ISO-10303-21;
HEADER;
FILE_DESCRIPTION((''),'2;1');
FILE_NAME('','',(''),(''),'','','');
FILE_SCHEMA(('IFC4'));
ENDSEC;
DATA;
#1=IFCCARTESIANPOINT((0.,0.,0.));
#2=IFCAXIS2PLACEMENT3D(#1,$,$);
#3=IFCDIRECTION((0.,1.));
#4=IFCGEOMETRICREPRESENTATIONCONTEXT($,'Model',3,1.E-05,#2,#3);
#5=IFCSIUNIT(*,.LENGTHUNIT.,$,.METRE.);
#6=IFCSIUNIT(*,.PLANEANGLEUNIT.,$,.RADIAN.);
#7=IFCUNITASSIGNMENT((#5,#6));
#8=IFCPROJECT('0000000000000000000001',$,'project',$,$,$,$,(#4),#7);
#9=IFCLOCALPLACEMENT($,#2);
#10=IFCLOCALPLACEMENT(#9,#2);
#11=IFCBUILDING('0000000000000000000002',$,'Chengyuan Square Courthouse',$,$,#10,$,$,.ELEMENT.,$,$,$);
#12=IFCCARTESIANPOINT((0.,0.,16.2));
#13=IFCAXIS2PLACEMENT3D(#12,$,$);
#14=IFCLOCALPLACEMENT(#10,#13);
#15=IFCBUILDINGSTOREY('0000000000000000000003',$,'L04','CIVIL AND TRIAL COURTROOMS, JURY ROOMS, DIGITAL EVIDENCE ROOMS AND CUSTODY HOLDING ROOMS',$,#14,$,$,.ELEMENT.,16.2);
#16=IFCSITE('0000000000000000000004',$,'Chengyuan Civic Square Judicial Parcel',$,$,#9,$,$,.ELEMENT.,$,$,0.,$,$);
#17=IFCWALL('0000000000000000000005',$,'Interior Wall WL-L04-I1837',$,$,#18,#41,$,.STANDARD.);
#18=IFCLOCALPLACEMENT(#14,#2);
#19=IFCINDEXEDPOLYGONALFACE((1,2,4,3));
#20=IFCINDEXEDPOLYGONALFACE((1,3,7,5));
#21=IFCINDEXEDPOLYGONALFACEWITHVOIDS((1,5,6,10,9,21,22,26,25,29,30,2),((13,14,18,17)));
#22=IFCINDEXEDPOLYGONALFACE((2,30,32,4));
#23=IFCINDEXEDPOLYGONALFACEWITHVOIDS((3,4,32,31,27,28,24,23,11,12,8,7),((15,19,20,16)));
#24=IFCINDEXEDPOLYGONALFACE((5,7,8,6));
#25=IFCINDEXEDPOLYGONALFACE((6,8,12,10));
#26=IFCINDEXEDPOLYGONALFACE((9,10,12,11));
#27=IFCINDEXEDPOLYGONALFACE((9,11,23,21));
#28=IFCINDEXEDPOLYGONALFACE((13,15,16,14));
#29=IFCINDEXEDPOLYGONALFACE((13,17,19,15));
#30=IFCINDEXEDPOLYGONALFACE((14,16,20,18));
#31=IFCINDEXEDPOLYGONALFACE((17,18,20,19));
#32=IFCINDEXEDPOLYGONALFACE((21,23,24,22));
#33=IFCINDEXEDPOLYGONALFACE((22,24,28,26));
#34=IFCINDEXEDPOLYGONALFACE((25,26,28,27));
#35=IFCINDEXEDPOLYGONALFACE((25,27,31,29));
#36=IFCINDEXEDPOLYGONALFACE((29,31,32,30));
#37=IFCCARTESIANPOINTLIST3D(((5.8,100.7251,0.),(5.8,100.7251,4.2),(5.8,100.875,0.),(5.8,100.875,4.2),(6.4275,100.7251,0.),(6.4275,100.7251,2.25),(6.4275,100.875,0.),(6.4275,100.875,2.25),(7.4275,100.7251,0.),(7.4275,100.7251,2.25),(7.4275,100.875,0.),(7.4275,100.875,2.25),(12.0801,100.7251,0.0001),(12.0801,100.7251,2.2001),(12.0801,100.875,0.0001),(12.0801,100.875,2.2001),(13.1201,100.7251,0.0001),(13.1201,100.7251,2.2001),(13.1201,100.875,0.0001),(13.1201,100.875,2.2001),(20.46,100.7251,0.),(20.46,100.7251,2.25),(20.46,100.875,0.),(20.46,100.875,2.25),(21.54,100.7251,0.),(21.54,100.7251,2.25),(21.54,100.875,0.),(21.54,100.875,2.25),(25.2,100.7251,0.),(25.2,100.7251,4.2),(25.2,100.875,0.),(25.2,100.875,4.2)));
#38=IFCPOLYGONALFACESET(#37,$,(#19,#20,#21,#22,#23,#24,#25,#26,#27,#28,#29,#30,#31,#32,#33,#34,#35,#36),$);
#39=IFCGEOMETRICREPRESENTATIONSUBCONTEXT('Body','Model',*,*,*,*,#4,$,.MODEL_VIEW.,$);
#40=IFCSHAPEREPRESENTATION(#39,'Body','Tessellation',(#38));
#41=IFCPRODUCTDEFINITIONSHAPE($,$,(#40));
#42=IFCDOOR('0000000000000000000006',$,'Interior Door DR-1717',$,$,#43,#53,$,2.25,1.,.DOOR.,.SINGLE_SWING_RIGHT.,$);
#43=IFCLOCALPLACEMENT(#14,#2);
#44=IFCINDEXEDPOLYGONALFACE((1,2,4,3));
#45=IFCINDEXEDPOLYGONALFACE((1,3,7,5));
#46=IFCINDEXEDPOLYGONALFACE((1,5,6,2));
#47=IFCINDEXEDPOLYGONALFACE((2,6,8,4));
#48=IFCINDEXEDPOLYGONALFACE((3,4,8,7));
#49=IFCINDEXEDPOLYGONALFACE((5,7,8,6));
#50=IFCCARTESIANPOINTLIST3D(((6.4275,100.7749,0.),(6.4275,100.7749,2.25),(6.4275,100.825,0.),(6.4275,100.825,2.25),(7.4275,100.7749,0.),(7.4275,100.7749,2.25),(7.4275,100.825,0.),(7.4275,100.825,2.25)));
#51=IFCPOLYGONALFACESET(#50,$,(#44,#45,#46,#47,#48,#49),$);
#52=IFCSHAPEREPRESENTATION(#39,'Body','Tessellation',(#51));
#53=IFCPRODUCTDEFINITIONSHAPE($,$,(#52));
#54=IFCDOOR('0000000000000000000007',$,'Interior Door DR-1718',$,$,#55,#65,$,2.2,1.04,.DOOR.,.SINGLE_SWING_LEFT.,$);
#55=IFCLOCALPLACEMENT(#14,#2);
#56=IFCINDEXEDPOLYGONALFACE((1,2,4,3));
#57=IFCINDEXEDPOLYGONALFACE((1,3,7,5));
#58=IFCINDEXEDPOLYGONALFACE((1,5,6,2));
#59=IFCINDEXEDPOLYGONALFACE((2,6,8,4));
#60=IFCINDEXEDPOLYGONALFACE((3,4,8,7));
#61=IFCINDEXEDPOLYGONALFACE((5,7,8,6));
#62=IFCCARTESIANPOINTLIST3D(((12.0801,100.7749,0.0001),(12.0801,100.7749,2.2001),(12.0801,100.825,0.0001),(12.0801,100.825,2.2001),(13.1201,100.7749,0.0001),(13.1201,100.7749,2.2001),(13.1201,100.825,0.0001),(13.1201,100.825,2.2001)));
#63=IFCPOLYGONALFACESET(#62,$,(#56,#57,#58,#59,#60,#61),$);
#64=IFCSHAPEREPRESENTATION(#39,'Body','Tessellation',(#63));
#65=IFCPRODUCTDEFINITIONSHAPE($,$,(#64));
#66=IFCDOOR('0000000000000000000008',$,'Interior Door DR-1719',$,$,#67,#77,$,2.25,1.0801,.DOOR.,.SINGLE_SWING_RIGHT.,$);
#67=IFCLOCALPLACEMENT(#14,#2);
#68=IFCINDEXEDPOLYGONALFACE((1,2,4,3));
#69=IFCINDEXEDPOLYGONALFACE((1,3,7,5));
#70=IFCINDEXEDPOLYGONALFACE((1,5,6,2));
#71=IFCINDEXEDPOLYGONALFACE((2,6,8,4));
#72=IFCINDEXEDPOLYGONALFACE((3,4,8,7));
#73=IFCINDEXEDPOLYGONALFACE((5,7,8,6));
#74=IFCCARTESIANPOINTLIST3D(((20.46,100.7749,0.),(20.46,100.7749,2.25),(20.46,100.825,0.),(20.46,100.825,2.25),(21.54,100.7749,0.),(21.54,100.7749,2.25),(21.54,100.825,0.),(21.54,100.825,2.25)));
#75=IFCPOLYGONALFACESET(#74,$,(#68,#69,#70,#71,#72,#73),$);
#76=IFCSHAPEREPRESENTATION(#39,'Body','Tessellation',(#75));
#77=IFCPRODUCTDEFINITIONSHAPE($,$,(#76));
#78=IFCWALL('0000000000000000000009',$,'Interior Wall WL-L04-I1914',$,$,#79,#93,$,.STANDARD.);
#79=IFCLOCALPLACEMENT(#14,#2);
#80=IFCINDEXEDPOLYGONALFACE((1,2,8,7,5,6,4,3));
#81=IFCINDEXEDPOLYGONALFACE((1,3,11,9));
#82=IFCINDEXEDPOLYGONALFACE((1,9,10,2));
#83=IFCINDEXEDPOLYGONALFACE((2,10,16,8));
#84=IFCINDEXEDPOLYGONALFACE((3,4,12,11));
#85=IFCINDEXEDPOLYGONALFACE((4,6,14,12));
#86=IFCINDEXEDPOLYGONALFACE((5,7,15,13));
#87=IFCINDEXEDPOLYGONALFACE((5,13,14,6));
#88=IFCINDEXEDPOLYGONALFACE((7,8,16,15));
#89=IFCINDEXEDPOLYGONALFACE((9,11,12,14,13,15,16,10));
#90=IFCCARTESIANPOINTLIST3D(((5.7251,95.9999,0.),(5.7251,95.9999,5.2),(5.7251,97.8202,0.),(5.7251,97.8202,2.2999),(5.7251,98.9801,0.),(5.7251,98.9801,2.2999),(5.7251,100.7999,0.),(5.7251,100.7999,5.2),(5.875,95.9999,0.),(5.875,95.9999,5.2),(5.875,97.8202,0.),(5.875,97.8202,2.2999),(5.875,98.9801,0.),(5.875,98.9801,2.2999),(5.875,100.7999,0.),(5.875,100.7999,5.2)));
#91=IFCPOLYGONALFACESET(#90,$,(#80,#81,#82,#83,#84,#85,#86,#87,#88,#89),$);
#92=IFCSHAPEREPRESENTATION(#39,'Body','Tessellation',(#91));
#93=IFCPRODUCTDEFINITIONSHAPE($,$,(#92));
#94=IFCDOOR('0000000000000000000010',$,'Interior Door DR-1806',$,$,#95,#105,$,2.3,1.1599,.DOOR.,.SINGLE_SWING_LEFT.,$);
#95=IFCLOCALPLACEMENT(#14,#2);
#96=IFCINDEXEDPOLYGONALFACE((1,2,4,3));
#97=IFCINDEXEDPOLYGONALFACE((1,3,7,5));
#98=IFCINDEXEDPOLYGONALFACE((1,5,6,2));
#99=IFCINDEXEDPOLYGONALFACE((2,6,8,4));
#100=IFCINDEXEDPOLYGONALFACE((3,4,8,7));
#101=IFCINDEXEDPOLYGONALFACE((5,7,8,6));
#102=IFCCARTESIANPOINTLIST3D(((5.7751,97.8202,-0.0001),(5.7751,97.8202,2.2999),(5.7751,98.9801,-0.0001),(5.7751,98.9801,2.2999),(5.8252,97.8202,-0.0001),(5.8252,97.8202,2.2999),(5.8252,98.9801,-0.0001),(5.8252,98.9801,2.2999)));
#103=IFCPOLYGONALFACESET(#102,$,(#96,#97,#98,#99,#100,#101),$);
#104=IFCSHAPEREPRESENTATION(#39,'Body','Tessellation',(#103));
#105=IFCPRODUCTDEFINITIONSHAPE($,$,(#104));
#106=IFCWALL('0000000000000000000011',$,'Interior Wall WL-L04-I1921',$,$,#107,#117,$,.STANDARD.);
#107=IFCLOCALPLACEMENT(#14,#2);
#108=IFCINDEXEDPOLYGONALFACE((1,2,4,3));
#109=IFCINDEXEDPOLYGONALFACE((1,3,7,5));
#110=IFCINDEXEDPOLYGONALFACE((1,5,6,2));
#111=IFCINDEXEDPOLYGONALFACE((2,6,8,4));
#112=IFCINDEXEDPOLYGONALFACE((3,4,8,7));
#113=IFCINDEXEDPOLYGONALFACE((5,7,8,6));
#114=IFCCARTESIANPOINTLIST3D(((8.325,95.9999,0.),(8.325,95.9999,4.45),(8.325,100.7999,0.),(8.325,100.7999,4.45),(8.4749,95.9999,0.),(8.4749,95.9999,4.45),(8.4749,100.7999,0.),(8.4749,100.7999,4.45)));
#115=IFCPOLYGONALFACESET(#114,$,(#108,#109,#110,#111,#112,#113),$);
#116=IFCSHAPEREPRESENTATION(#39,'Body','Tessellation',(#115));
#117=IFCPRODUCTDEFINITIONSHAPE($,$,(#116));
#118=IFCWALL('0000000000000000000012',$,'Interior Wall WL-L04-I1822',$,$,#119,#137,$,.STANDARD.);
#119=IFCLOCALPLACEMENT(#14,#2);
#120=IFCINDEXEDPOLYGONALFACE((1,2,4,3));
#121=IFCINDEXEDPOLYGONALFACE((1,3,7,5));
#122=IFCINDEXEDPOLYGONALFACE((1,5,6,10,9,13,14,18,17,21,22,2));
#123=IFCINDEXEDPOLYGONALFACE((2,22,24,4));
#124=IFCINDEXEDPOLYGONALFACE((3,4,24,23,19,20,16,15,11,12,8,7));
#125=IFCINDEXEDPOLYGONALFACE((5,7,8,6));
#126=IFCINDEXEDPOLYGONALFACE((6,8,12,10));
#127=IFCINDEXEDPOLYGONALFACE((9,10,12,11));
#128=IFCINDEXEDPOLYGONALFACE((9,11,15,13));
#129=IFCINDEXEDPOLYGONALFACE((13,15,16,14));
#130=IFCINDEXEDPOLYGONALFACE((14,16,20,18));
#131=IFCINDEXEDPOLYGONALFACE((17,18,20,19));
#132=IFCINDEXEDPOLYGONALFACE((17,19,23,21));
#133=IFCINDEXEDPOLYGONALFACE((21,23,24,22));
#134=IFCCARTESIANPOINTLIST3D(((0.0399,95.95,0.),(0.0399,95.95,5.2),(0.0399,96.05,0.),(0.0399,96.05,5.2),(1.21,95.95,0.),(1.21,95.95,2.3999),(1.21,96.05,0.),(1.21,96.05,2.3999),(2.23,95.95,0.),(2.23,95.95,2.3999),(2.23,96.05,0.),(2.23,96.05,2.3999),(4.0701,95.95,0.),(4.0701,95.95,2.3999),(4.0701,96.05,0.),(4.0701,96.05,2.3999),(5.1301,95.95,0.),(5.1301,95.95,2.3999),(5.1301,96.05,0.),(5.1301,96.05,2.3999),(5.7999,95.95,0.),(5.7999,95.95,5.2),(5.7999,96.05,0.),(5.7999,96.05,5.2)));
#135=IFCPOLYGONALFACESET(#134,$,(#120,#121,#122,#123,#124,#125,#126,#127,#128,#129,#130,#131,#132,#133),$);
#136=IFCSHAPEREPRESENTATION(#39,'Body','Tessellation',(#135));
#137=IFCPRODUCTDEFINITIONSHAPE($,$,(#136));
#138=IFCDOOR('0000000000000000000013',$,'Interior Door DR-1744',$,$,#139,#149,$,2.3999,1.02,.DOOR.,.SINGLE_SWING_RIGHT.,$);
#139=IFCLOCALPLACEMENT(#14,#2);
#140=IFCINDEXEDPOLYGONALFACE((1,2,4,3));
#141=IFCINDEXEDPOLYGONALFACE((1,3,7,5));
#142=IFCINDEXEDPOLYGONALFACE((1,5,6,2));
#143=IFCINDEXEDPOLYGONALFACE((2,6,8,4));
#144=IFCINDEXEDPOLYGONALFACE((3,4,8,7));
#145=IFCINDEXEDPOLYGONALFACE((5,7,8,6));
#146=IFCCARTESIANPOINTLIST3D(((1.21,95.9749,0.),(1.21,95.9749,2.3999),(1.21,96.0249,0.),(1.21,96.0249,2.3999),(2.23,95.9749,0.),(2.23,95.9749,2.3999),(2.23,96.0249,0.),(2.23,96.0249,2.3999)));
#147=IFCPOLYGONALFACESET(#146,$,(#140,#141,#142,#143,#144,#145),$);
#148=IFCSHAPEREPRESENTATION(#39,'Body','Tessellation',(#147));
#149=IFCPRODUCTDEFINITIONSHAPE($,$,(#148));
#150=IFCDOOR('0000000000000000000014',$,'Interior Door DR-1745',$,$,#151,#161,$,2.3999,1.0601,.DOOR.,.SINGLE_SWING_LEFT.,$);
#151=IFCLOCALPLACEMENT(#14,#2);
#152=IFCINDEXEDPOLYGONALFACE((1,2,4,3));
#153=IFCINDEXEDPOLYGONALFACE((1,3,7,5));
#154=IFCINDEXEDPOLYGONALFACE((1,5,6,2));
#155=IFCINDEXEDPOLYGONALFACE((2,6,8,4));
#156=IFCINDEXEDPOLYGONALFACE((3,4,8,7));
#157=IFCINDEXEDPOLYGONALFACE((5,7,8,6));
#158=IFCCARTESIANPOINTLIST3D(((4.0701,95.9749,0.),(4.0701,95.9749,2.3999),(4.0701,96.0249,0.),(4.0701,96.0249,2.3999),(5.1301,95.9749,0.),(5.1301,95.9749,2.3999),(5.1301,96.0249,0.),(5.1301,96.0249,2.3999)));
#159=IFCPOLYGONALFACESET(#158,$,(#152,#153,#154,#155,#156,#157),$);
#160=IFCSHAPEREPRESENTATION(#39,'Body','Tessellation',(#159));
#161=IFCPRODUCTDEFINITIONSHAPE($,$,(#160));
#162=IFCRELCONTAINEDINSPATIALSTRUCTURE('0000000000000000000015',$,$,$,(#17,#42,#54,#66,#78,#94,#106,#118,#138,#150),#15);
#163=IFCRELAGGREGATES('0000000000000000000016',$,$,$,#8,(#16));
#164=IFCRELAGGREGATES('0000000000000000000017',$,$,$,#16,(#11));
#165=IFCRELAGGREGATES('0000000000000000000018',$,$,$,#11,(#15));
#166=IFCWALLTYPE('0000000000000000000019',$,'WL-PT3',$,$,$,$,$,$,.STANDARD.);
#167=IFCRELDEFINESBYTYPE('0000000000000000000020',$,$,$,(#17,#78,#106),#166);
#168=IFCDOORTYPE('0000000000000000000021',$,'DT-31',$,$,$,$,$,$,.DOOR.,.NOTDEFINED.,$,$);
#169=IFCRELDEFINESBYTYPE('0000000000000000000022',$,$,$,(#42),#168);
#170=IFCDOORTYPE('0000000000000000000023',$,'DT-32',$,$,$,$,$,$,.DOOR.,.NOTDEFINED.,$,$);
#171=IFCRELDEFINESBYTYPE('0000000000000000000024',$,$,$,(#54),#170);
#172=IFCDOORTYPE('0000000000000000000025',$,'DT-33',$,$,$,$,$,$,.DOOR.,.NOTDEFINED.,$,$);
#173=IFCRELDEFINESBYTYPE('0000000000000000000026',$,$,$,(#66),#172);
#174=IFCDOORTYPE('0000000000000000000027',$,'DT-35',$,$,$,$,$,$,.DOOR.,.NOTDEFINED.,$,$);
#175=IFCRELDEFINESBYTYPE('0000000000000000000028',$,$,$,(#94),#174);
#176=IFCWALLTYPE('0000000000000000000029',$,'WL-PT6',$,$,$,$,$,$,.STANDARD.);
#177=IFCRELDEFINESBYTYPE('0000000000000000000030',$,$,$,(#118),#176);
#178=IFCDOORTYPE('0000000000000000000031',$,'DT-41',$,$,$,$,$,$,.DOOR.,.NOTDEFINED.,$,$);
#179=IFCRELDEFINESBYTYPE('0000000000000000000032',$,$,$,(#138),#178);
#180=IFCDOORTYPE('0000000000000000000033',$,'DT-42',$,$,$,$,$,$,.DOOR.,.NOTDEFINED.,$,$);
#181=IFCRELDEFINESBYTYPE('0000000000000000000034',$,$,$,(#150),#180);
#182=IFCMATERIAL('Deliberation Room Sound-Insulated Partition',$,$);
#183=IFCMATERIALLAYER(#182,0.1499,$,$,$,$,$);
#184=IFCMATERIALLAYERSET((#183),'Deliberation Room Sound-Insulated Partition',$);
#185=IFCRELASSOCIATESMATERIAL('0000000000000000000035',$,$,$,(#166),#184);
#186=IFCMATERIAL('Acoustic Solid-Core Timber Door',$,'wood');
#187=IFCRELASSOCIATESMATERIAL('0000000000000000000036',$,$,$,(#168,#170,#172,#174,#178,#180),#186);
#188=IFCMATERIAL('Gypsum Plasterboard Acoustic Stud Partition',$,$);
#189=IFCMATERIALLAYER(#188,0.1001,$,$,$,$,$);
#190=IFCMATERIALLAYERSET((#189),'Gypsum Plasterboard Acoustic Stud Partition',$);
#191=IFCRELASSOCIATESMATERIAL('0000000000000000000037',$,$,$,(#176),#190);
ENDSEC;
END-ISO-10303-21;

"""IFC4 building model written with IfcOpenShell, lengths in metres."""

from ifc_helpers import new_model, si_unit, direction, frame, frame_2d, origin, place, context, subcontext, project, spatial, rectangle, extrude, material, layer, layer_set, type_object, element, fill, save


model = new_model("IFC4")

# Units and contexts
model_context = context("Model", 3, precision=1e-05, world=origin(), true_north=direction((0.0, 1.0)))
body_context = subcontext(model_context, "Body", "Model", "MODEL_VIEW")
ifc_project = project(units=[si_unit("LENGTHUNIT", "METRE"), si_unit("PLANEANGLEUNIT", "RADIAN")], contexts=[model_context])

# Site, building, storey
site_placement = place(None, origin())
site = spatial("IfcSite", under=ifc_project, at=site_placement, Name="Chengyuan Civic Square Judicial Parcel", CompositionType="ELEMENT", RefElevation=0.0)
building_placement = place(site_placement, origin())
building = spatial("IfcBuilding", under=site, at=building_placement, Name="Chengyuan Square Courthouse", CompositionType="ELEMENT")
storey_placement = place(building_placement, frame((0.0, 0.0, 16.2)))
storey = spatial("IfcBuildingStorey", under=building, at=storey_placement, Name="L04", Description="CIVIL AND TRIAL COURTROOMS, JURY ROOMS, DIGITAL EVIDENCE ROOMS AND CUSTODY HOLDING ROOMS", CompositionType="ELEMENT", Elevation=16.2)

# Wall, openings, doors
ifc_material_1 = material(Name="Deliberation Room Sound-Insulated Partition")
ifc_layer_1 = layer(ifc_material_1, 0.1499)
ifc_layer_set_1 = layer_set([ifc_layer_1], Name="Deliberation Room Sound-Insulated Partition")
wall_type_1 = type_object("IfcWallType", Name="WL-PT3", PredefinedType="STANDARD", material=ifc_layer_set_1)
ifc_material_2 = material(Name="Acoustic Solid-Core Timber Door", Category="wood")
wall_1_placement = place(storey_placement, frame((5.8, 100.8, 0.0), z_axis=(0.0, 0.0, 1.0), x_axis=(1.0, 0.0, 0.0)))
wall_1 = element("IfcWall", 1, at=wall_1_placement, inside=storey, type_object=wall_type_1, Name="Interior Wall WL-L04-I1837", PredefinedType="STANDARD", context=body_context, shape_type="SweptSolid", body=[
    extrude(rectangle(XDim=19.3999, YDim=0.1499, at=frame_2d((9.7, 0.0))), origin(), (0.0, 0.0, 1.0), 4.2),
])
opening_1_placement = place(wall_1_placement, frame((0.6274, 0.0, 0.0)))
opening_1 = element("IfcOpeningElement", 2, at=opening_1_placement, cuts=wall_1, PredefinedType="OPENING", context=body_context, shape_type="SweptSolid", body=[
    extrude(rectangle(XDim=1.0, YDim=2.25, at=frame_2d((0.5, 1.125))), frame((0.0, 0.0869, 0.0), z_axis=(0.0, -1.0, 0.0), x_axis=(1.0, 0.0, 0.0)), (0.0, 0.0, 1.0), 0.1738),
])
opening_2_placement = place(wall_1_placement, frame((6.28, 0.0, 0.0)))
opening_2 = element("IfcOpeningElement", 3, at=opening_2_placement, cuts=wall_1, PredefinedType="OPENING", context=body_context, shape_type="SweptSolid", body=[
    extrude(rectangle(XDim=1.04, YDim=2.2, at=frame_2d((0.52, 1.1001))), frame((0.0, 0.0869, 0.0), z_axis=(0.0, -1.0, 0.0), x_axis=(1.0, 0.0, 0.0)), (0.0, 0.0, 1.0), 0.1738),
])
opening_3_placement = place(wall_1_placement, frame((14.6599, 0.0, 0.0)))
opening_3 = element("IfcOpeningElement", 4, at=opening_3_placement, cuts=wall_1, PredefinedType="OPENING", context=body_context, shape_type="SweptSolid", body=[
    extrude(rectangle(XDim=1.0801, YDim=2.25, at=frame_2d((0.54, 1.125))), frame((0.0, 0.0869, 0.0), z_axis=(0.0, -1.0, 0.0), x_axis=(1.0, 0.0, 0.0)), (0.0, 0.0, 1.0), 0.1738),
])
door_type_1 = type_object("IfcDoorType", Name="DT-31", OperationType="NOTDEFINED", PredefinedType="DOOR", material=ifc_material_2)
door_1_placement = place(opening_1_placement, origin())
door_1 = element("IfcDoor", 5, at=door_1_placement, inside=storey, type_object=door_type_1, Name="Interior Door DR-1717", OperationType="SINGLE_SWING_RIGHT", OverallHeight=2.25, OverallWidth=1.0, PredefinedType="DOOR", context=body_context, shape_type="SweptSolid", body=[
    extrude(rectangle(XDim=1.0, YDim=2.25, at=frame_2d((0.5, 1.125))), frame((0.0, 0.0249, 0.0), z_axis=(0.0, -1.0, 0.0), x_axis=(1.0, 0.0, 0.0)), (0.0, 0.0, 1.0), 0.05),
])
fill(opening_1, door_1)
door_type_2 = type_object("IfcDoorType", Name="DT-32", OperationType="NOTDEFINED", PredefinedType="DOOR", material=ifc_material_2)
door_2_placement = place(opening_2_placement, origin())
door_2 = element("IfcDoor", 6, at=door_2_placement, inside=storey, type_object=door_type_2, Name="Interior Door DR-1718", OperationType="SINGLE_SWING_LEFT", OverallHeight=2.2, OverallWidth=1.04, PredefinedType="DOOR", context=body_context, shape_type="SweptSolid", body=[
    extrude(rectangle(XDim=1.04, YDim=2.2, at=frame_2d((0.52, 1.1001))), frame((0.0, 0.0249, 0.0), z_axis=(0.0, -1.0, 0.0), x_axis=(1.0, 0.0, 0.0)), (0.0, 0.0, 1.0), 0.05),
])
fill(opening_2, door_2)
door_type_3 = type_object("IfcDoorType", Name="DT-33", OperationType="NOTDEFINED", PredefinedType="DOOR", material=ifc_material_2)
door_3_placement = place(opening_3_placement, origin())
door_3 = element("IfcDoor", 7, at=door_3_placement, inside=storey, type_object=door_type_3, Name="Interior Door DR-1719", OperationType="SINGLE_SWING_RIGHT", OverallHeight=2.25, OverallWidth=1.0801, PredefinedType="DOOR", context=body_context, shape_type="SweptSolid", body=[
    extrude(rectangle(XDim=1.0801, YDim=2.25, at=frame_2d((0.54, 1.125))), frame((0.0, 0.0249, 0.0), z_axis=(0.0, -1.0, 0.0), x_axis=(1.0, 0.0, 0.0)), (0.0, 0.0, 1.0), 0.05),
])
fill(opening_3, door_3)

# Wall, opening, door
wall_2_placement = place(storey_placement, frame((5.8, 96.0, 0.0), z_axis=(0.0, 0.0, 1.0), x_axis=(0.0, 1.0, 0.0)))
wall_2 = element("IfcWall", 8, at=wall_2_placement, inside=storey, type_object=wall_type_1, Name="Interior Wall WL-L04-I1914", PredefinedType="STANDARD", context=body_context, shape_type="SweptSolid", body=[
    extrude(rectangle(XDim=4.8, YDim=0.1499, at=frame_2d((2.3999, 0.0))), origin(), (0.0, 0.0, 1.0), 5.2),
])
opening_4_placement = place(wall_2_placement, frame((1.8201, 0.0, 0.0)))
opening_4 = element("IfcOpeningElement", 9, at=opening_4_placement, cuts=wall_2, PredefinedType="OPENING", context=body_context, shape_type="SweptSolid", body=[
    extrude(rectangle(XDim=1.1599, YDim=2.3, at=frame_2d((0.5801, 1.1499))), frame((0.0, 0.0869, 0.0), z_axis=(0.0, -1.0, 0.0), x_axis=(1.0, 0.0, 0.0)), (0.0, 0.0, 1.0), 0.1738),
])
door_type_4 = type_object("IfcDoorType", Name="DT-35", OperationType="NOTDEFINED", PredefinedType="DOOR", material=ifc_material_2)
door_4_placement = place(opening_4_placement, origin())
door_4 = element("IfcDoor", 10, at=door_4_placement, inside=storey, type_object=door_type_4, Name="Interior Door DR-1806", OperationType="SINGLE_SWING_LEFT", OverallHeight=2.3, OverallWidth=1.1599, PredefinedType="DOOR", context=body_context, shape_type="SweptSolid", body=[
    extrude(rectangle(XDim=1.1599, YDim=2.3, at=frame_2d((0.5801, 1.1499))), frame((0.0, 0.0249, 0.0), z_axis=(0.0, -1.0, 0.0), x_axis=(1.0, 0.0, 0.0)), (0.0, 0.0, 1.0), 0.05),
])
fill(opening_4, door_4)

# Wall
wall_3_placement = place(storey_placement, frame((8.3999, 96.0, 0.0), z_axis=(0.0, 0.0, 1.0), x_axis=(0.0, 1.0, 0.0)))
element("IfcWall", 11, at=wall_3_placement, inside=storey, type_object=wall_type_1, Name="Interior Wall WL-L04-I1921", PredefinedType="STANDARD", context=body_context, shape_type="SweptSolid", body=[
    extrude(rectangle(XDim=4.8, YDim=0.1499, at=frame_2d((2.3999, 0.0))), origin(), (0.0, 0.0, 1.0), 4.45),
])

# Wall, openings, doors
ifc_material_3 = material(Name="Gypsum Plasterboard Acoustic Stud Partition")
ifc_layer_2 = layer(ifc_material_3, 0.1001)
ifc_layer_set_2 = layer_set([ifc_layer_2], Name="Gypsum Plasterboard Acoustic Stud Partition")
wall_type_2 = type_object("IfcWallType", Name="WL-PT6", PredefinedType="STANDARD", material=ifc_layer_set_2)
wall_4_placement = place(storey_placement, frame((0.04, 96.0, 0.0), z_axis=(0.0, 0.0, 1.0), x_axis=(1.0, 0.0, 0.0)))
wall_4 = element("IfcWall", 12, at=wall_4_placement, inside=storey, type_object=wall_type_2, Name="Interior Wall WL-L04-I1822", PredefinedType="STANDARD", context=body_context, shape_type="SweptSolid", body=[
    extrude(rectangle(XDim=5.76, YDim=0.1001, at=frame_2d((2.8799, 0.0))), origin(), (0.0, 0.0, 1.0), 5.2),
])
opening_5_placement = place(wall_4_placement, frame((1.1699, 0.0, 0.0)))
opening_5 = element("IfcOpeningElement", 13, at=opening_5_placement, cuts=wall_4, PredefinedType="OPENING", context=body_context, shape_type="SweptSolid", body=[
    extrude(rectangle(XDim=1.02, YDim=2.3999, at=frame_2d((0.51, 1.2))), frame((0.0, 0.062, 0.0), z_axis=(0.0, -1.0, 0.0), x_axis=(1.0, 0.0, 0.0)), (0.0, 0.0, 1.0), 0.124),
])
opening_6_placement = place(wall_4_placement, frame((4.03, 0.0, 0.0)))
opening_6 = element("IfcOpeningElement", 14, at=opening_6_placement, cuts=wall_4, PredefinedType="OPENING", context=body_context, shape_type="SweptSolid", body=[
    extrude(rectangle(XDim=1.0601, YDim=2.3999, at=frame_2d((0.53, 1.2))), frame((0.0, 0.062, 0.0), z_axis=(0.0, -1.0, 0.0), x_axis=(1.0, 0.0, 0.0)), (0.0, 0.0, 1.0), 0.124),
])
door_type_5 = type_object("IfcDoorType", Name="DT-41", OperationType="NOTDEFINED", PredefinedType="DOOR", material=ifc_material_2)
door_5_placement = place(opening_5_placement, origin())
door_5 = element("IfcDoor", 15, at=door_5_placement, inside=storey, type_object=door_type_5, Name="Interior Door DR-1744", OperationType="SINGLE_SWING_RIGHT", OverallHeight=2.3999, OverallWidth=1.02, PredefinedType="DOOR", context=body_context, shape_type="SweptSolid", body=[
    extrude(rectangle(XDim=1.02, YDim=2.3999, at=frame_2d((0.51, 1.2))), frame((0.0, 0.0249, 0.0), z_axis=(0.0, -1.0, 0.0), x_axis=(1.0, 0.0, 0.0)), (0.0, 0.0, 1.0), 0.05),
])
fill(opening_5, door_5)
door_type_6 = type_object("IfcDoorType", Name="DT-42", OperationType="NOTDEFINED", PredefinedType="DOOR", material=ifc_material_2)
door_6_placement = place(opening_6_placement, origin())
door_6 = element("IfcDoor", 16, at=door_6_placement, inside=storey, type_object=door_type_6, Name="Interior Door DR-1745", OperationType="SINGLE_SWING_LEFT", OverallHeight=2.3999, OverallWidth=1.0601, PredefinedType="DOOR", context=body_context, shape_type="SweptSolid", body=[
    extrude(rectangle(XDim=1.0601, YDim=2.3999, at=frame_2d((0.53, 1.2))), frame((0.0, 0.0249, 0.0), z_axis=(0.0, -1.0, 0.0), x_axis=(1.0, 0.0, 0.0)), (0.0, 0.0, 1.0), 0.05),
])
fill(opening_6, door_6)

save(model, "model.ifc")
